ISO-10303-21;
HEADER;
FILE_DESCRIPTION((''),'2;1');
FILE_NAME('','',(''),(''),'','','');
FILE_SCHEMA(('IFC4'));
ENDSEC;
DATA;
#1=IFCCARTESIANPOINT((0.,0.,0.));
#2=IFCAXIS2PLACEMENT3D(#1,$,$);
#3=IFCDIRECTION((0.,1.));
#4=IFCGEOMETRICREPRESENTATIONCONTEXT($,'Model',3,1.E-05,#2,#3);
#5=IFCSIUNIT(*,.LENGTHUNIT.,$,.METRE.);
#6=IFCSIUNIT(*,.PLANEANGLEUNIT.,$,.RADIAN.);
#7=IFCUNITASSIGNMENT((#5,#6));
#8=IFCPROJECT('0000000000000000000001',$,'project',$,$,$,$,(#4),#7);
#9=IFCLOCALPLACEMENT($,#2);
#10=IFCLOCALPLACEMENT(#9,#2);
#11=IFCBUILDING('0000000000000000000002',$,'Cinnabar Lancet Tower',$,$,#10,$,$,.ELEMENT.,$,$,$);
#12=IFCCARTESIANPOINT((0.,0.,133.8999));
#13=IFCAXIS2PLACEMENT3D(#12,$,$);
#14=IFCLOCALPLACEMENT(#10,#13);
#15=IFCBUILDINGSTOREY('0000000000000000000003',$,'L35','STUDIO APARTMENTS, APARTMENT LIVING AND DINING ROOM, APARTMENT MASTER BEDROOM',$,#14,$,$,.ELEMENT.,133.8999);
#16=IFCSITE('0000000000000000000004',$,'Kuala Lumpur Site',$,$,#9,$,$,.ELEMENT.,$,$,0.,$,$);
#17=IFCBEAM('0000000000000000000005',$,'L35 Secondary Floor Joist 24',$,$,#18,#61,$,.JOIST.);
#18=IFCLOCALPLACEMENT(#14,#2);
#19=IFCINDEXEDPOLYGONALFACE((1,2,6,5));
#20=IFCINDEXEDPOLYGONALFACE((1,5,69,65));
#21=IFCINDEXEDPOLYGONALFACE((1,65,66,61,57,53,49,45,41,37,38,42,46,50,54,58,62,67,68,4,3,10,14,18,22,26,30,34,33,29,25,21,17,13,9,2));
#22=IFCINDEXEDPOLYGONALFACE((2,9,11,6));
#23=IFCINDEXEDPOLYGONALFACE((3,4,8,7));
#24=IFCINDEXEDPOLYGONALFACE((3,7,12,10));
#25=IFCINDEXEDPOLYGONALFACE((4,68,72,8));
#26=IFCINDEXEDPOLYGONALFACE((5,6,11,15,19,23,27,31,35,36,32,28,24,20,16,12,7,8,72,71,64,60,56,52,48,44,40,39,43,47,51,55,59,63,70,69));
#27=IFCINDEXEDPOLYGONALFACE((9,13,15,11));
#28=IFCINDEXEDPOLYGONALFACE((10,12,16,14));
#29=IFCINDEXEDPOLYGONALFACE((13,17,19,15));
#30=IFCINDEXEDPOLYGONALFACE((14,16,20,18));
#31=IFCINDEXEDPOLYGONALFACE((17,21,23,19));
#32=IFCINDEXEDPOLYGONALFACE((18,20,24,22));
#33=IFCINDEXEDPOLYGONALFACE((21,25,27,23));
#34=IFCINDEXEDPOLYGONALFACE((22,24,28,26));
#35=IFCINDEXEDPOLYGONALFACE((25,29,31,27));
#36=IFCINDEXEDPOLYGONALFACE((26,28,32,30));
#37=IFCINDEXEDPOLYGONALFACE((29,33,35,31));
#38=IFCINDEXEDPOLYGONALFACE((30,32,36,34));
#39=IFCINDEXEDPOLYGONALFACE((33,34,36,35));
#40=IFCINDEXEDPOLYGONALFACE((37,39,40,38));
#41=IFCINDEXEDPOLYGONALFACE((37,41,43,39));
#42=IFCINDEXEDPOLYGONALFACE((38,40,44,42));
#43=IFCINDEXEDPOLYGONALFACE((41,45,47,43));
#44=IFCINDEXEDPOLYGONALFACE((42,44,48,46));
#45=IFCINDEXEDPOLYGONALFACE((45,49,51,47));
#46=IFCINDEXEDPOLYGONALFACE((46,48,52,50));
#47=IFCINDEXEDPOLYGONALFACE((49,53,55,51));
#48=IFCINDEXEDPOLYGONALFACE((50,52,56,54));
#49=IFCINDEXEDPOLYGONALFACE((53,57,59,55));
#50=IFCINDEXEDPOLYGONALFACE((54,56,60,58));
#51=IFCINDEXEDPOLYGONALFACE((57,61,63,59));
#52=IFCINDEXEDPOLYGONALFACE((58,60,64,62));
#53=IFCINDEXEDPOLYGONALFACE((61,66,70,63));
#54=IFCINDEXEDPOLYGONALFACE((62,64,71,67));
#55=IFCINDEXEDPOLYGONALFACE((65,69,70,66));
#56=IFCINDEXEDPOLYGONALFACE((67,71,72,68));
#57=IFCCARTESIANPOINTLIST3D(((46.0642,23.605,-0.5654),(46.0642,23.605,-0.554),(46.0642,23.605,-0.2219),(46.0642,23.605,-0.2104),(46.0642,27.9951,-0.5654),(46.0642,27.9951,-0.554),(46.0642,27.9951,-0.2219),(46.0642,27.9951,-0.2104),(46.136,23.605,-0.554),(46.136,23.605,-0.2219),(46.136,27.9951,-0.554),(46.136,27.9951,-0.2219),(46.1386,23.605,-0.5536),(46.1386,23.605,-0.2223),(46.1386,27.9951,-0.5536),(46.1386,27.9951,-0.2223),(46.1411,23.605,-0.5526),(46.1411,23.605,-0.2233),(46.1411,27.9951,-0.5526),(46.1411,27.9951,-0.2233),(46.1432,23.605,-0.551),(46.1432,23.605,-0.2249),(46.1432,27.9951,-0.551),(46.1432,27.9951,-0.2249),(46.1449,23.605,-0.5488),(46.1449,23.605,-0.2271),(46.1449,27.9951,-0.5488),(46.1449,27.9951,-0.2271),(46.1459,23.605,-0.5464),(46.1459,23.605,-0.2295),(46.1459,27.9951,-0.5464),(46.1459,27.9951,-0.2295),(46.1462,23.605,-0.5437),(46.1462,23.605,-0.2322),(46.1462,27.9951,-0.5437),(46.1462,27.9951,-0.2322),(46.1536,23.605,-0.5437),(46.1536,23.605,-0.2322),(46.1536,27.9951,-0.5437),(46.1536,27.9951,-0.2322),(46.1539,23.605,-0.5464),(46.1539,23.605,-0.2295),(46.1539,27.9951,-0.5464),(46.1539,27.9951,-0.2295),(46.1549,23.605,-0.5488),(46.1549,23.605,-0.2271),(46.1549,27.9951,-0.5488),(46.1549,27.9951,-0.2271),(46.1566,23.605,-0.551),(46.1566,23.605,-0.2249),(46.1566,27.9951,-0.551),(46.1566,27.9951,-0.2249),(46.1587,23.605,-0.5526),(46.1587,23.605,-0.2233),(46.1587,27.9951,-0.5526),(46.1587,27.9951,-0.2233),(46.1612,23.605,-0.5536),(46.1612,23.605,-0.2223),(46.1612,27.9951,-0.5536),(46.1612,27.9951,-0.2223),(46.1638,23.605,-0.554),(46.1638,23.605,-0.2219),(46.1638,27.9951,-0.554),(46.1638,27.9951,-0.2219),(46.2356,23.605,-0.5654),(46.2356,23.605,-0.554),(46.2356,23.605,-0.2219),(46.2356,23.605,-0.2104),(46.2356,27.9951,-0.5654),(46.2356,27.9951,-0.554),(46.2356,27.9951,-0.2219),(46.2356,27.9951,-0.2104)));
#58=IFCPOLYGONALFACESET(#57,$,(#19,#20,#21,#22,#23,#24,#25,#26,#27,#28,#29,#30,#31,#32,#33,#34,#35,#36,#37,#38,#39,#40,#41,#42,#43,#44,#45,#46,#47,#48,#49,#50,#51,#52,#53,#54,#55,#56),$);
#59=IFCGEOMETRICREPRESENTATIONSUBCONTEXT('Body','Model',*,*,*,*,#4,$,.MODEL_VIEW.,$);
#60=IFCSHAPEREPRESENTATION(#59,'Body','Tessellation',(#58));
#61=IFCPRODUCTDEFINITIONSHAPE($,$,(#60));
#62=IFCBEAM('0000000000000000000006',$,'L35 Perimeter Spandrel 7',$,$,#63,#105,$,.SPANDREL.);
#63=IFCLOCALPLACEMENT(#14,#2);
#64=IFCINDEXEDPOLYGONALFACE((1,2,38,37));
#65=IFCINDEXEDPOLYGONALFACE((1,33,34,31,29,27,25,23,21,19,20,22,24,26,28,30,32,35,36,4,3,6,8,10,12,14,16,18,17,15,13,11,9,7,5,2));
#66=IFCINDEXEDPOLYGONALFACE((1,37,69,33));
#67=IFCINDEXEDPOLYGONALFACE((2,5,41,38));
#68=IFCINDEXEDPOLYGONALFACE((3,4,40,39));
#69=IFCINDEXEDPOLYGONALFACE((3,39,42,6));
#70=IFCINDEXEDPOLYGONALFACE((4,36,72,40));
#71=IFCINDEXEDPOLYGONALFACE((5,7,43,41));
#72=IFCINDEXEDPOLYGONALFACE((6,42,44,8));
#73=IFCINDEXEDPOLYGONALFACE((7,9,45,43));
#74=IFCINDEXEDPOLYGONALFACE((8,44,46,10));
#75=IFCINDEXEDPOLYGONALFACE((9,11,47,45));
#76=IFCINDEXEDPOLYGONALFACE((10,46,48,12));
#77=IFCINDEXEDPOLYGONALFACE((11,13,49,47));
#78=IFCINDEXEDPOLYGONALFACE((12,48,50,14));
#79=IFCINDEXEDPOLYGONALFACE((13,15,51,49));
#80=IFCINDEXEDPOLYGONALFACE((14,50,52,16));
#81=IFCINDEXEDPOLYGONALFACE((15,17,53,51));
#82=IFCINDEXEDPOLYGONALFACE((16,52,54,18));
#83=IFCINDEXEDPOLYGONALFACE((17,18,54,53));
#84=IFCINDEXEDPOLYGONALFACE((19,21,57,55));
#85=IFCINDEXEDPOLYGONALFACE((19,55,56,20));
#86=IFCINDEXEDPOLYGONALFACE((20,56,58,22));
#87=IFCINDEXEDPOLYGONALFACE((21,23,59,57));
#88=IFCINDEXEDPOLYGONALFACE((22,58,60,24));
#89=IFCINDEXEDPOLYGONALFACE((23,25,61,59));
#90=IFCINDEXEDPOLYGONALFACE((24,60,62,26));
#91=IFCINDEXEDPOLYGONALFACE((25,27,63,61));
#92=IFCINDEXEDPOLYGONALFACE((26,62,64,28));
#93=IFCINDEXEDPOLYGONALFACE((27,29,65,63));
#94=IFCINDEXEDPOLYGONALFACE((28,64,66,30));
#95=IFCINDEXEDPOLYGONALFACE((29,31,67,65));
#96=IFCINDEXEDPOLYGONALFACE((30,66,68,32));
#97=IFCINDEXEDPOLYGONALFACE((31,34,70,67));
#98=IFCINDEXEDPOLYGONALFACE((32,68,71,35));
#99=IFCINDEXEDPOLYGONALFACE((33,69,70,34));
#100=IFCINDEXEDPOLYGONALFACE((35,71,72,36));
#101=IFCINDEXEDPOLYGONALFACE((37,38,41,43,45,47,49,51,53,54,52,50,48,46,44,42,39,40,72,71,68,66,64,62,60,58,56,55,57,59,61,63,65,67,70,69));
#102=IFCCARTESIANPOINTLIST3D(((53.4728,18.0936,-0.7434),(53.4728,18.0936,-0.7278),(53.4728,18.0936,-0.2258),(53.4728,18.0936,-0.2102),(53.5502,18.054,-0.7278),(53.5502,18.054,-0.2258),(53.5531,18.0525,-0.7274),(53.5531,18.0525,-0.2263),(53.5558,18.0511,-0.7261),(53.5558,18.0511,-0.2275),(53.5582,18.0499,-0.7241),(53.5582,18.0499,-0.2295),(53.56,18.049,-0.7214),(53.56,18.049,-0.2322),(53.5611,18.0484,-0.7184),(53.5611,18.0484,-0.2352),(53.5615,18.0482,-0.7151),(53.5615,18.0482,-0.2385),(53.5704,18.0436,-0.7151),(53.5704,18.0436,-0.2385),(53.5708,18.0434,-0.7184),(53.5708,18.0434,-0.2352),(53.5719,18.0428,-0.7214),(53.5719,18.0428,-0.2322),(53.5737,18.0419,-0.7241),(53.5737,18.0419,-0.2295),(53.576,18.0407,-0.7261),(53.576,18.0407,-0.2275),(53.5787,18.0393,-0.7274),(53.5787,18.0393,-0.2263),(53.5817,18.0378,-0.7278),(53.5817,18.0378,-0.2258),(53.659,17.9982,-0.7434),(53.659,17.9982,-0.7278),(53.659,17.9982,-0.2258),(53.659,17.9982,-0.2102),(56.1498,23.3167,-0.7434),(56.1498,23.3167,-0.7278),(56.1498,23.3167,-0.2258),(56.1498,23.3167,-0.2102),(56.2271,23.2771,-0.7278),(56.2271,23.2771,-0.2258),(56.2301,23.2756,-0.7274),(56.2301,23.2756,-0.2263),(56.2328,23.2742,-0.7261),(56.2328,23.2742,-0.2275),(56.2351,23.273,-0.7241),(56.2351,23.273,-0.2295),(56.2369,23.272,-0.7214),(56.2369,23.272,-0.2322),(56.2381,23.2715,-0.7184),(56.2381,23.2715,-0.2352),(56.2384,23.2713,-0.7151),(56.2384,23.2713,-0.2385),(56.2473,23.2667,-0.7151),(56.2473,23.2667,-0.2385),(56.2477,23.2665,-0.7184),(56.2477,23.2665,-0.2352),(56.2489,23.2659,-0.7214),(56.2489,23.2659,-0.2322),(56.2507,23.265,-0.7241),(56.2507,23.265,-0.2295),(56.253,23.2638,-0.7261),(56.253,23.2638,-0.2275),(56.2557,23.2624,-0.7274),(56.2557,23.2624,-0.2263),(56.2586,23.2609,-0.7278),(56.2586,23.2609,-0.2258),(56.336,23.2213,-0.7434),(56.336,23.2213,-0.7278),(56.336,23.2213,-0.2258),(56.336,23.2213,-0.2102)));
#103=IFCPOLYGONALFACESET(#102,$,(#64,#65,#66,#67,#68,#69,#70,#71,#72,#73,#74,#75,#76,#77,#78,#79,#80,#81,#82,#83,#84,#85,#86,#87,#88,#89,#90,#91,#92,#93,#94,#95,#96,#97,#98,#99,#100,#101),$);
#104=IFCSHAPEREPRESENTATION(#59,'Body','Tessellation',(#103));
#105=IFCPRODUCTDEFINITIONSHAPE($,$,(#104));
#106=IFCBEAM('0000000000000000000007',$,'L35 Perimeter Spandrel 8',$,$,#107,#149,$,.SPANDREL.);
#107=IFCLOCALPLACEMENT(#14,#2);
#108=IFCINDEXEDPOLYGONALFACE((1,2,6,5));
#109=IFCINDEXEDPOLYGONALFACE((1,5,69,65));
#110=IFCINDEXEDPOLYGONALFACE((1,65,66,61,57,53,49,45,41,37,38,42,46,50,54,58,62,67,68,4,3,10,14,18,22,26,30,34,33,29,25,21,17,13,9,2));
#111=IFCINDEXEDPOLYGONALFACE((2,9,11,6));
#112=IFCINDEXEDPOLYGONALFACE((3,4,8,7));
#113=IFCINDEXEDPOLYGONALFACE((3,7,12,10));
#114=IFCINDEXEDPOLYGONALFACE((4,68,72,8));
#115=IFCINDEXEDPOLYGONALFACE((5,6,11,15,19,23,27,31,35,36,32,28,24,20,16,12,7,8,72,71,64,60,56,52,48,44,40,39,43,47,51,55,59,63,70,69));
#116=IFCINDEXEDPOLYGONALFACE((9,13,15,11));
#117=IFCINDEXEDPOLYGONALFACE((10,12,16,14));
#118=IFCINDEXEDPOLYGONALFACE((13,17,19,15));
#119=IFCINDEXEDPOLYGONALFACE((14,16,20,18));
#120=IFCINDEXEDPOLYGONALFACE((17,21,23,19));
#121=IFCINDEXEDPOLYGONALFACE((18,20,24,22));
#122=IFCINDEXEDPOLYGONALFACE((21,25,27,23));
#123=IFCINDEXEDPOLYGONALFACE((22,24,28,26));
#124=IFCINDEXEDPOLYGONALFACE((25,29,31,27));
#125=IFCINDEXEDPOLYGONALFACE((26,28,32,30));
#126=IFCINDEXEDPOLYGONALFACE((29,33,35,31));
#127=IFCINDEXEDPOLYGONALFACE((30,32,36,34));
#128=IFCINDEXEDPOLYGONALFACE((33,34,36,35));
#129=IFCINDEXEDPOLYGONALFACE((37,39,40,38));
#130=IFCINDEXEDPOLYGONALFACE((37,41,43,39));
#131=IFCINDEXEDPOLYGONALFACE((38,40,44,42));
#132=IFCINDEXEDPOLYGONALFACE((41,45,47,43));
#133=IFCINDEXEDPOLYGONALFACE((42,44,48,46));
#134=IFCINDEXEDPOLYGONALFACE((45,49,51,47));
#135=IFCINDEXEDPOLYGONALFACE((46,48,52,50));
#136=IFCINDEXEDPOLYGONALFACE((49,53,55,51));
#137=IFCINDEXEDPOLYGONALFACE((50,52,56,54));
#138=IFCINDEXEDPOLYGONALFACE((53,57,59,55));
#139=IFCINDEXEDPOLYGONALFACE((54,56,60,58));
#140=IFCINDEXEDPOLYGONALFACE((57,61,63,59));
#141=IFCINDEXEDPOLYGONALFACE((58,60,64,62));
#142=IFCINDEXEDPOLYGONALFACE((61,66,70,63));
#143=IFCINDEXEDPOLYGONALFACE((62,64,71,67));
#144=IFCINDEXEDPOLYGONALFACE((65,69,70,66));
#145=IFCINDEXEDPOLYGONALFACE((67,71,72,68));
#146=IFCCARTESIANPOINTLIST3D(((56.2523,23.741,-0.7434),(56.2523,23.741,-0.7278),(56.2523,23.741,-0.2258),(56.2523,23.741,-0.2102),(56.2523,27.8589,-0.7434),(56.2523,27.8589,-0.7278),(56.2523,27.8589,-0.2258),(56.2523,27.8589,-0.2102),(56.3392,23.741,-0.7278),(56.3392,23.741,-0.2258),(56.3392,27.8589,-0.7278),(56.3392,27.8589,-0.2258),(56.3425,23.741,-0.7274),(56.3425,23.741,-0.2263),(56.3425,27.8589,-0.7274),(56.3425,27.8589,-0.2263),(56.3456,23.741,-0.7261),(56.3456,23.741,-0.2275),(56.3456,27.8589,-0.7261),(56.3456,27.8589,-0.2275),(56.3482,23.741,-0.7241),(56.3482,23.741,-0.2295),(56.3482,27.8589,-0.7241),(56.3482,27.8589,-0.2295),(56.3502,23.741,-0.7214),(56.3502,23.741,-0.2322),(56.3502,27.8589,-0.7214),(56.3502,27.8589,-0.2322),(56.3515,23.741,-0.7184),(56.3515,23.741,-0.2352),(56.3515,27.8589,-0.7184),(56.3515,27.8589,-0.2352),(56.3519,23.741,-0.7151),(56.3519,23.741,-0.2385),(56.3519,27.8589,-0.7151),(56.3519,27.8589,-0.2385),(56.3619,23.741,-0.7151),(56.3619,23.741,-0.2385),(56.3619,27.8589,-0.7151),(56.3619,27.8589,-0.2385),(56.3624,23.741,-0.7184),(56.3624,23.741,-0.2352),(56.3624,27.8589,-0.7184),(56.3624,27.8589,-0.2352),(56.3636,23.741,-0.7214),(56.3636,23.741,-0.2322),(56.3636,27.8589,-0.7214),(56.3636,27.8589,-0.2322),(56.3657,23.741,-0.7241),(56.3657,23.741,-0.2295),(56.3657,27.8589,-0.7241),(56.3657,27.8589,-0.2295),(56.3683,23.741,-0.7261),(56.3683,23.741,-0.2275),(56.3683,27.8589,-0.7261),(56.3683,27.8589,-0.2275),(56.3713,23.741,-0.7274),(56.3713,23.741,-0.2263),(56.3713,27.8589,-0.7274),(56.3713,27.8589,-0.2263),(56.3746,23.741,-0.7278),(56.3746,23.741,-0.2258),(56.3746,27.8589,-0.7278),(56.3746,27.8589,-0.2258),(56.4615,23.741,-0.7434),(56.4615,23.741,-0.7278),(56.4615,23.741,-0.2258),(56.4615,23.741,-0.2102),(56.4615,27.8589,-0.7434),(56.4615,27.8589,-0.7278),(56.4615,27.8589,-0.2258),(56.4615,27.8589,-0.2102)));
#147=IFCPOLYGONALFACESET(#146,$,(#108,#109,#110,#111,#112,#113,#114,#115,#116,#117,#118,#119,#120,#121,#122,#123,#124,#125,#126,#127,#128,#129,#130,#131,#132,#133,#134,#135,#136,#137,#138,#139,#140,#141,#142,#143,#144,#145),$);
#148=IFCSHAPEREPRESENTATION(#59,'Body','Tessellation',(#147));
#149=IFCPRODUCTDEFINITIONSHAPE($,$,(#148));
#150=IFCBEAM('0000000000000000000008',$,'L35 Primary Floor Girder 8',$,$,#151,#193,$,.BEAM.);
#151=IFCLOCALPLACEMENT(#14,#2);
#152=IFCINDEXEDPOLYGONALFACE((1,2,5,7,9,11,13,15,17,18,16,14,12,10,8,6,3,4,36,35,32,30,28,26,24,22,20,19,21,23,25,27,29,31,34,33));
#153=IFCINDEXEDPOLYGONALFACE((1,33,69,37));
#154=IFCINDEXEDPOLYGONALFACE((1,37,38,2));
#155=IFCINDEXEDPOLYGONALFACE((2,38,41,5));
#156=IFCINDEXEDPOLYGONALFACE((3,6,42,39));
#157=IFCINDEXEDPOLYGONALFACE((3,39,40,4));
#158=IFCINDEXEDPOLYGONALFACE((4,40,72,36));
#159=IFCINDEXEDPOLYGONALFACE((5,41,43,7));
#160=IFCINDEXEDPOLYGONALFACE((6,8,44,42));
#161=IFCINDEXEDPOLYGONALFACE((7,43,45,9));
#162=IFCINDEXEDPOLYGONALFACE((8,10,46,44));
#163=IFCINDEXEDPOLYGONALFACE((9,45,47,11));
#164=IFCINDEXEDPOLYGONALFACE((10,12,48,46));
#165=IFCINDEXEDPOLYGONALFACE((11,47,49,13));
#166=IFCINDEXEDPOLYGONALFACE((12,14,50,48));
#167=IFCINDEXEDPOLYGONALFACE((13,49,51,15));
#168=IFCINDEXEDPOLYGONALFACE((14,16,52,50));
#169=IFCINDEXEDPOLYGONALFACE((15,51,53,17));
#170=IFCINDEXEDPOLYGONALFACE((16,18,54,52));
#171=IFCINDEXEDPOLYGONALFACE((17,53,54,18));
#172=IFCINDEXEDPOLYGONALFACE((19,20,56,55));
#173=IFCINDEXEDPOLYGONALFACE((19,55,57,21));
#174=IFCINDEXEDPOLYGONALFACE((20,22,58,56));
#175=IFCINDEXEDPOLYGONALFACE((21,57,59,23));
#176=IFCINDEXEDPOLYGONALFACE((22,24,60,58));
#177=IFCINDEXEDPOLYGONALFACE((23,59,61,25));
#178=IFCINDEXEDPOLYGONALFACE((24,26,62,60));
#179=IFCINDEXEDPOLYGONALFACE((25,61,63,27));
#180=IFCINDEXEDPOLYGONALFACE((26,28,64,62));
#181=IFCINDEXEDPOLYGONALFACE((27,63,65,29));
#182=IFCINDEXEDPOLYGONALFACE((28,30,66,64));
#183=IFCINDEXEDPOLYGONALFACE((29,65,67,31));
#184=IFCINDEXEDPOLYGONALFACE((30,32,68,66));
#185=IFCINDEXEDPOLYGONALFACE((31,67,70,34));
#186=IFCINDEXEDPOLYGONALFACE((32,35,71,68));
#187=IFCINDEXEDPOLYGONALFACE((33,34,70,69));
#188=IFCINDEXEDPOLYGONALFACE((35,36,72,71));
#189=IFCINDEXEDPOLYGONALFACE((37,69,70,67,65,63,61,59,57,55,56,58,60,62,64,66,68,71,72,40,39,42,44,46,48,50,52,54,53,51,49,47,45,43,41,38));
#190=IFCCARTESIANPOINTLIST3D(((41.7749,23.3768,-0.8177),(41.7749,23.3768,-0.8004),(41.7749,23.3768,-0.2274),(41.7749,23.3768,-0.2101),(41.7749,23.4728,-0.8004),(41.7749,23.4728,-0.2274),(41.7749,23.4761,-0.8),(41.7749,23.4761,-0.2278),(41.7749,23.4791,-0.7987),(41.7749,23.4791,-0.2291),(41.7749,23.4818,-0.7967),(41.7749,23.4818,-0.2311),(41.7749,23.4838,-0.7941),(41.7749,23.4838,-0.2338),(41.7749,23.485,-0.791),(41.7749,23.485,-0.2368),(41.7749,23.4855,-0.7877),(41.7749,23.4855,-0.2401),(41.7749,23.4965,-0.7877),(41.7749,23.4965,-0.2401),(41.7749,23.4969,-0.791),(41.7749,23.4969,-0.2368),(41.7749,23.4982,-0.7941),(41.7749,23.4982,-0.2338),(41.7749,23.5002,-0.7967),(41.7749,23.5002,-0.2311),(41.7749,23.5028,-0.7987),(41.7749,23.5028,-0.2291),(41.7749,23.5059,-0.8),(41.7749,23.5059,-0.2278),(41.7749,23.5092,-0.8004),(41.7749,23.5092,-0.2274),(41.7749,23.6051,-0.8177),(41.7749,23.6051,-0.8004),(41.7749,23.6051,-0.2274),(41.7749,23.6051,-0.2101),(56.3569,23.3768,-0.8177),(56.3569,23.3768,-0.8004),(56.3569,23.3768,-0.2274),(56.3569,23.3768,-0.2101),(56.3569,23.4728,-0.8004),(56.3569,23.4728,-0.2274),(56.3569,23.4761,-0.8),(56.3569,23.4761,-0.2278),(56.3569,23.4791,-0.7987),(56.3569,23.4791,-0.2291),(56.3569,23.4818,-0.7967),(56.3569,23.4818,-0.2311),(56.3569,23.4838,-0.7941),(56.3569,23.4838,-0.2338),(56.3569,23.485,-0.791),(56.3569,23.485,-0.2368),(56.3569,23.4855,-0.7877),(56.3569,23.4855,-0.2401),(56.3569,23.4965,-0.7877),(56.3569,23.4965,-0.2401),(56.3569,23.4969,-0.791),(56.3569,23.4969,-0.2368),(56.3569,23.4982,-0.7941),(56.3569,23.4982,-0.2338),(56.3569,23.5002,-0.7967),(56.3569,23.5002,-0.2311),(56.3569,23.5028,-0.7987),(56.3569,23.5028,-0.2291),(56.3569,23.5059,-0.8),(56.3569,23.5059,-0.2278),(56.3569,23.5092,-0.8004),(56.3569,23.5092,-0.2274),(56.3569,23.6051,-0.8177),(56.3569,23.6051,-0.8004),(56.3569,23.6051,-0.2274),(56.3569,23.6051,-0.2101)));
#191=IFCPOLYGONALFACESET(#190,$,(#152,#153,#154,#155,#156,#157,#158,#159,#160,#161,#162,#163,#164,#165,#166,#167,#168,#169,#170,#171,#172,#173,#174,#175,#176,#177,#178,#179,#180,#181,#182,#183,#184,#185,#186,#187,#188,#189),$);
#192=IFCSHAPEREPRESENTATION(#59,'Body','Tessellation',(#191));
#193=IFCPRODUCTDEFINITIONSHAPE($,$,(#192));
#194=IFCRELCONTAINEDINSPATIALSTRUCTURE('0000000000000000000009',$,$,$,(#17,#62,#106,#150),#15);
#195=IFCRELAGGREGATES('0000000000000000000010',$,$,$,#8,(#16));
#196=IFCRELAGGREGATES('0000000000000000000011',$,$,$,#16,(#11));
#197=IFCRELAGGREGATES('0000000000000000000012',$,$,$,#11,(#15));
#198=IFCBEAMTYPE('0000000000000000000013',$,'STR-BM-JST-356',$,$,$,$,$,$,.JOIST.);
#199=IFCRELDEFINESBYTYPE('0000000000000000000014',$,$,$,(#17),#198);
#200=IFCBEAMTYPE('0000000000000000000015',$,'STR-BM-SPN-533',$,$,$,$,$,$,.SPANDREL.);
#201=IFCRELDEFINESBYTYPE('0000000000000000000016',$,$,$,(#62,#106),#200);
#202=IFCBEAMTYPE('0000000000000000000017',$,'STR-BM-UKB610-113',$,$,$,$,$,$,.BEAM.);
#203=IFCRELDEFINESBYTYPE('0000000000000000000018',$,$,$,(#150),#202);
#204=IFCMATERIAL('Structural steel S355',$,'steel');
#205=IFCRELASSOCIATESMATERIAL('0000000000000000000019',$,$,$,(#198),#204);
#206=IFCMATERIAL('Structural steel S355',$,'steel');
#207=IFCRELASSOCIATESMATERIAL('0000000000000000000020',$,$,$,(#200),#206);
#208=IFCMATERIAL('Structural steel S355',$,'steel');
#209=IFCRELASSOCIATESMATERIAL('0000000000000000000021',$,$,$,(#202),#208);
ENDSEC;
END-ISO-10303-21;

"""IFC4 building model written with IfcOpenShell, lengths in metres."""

from ifc_helpers import new_model, si_unit, direction, frame, origin, origin_2d, place, context, subcontext, project, spatial, i_section, extrude, material, material_profile, profile_set, type_object, element, save


model = new_model("IFC4")

# Units and contexts
model_context = context("Model", 3, precision=1e-05, world=origin(), true_north=direction((0.0, 1.0)))
body_context = subcontext(model_context, "Body", "Model", "MODEL_VIEW")
ifc_project = project(units=[si_unit("LENGTHUNIT", "METRE"), si_unit("PLANEANGLEUNIT", "RADIAN")], contexts=[model_context])

# Site, building, storey
site_placement = place(None, origin())
site = spatial("IfcSite", under=ifc_project, at=site_placement, Name="Kuala Lumpur Site", CompositionType="ELEMENT", RefElevation=0.0)
building_placement = place(site_placement, origin())
building = spatial("IfcBuilding", under=site, at=building_placement, Name="Cinnabar Lancet Tower", CompositionType="ELEMENT")
storey_placement = place(building_placement, frame((0.0, 0.0, 133.8999)))
storey = spatial("IfcBuildingStorey", under=building, at=storey_placement, Name="L35", Description="STUDIO APARTMENTS, APARTMENT LIVING AND DINING ROOM, APARTMENT MASTER BEDROOM", CompositionType="ELEMENT", Elevation=133.8999)

# Beams
ifc_material_1 = material(Name="Structural steel S355", Category="steel")
ifc_material_profile_1 = material_profile(ifc_material_1, i_section(OverallWidth=0.1714, OverallDepth=0.355, WebThickness=0.0073, FlangeThickness=0.0115, FilletRadius=0.0103, at=origin_2d()), Name="UKB 356x171x51")
ifc_profile_set_1 = profile_set([ifc_material_profile_1], Name="Structural steel S355")
beam_type_1 = type_object("IfcBeamType", Name="STR-BM-JST-356", PredefinedType="JOIST", material=ifc_profile_set_1)
for number, where, z_axis, x_axis, name in (
    (1, (46.1499, 23.605, -0.3879), (0.0, 1.0, 0.0), (-1.0, 0.0, 0.0), "L35 Secondary Floor Joist 24"),
):
    element("IfcBeam", number, at=place(storey_placement, frame(where, z_axis=z_axis, x_axis=x_axis)), inside=storey, type_object=beam_type_1, Name=name, PredefinedType="JOIST", context=body_context, shape_type="SweptSolid", body=[
        extrude(i_section(OverallWidth=0.1714, OverallDepth=0.355, WebThickness=0.0073, FlangeThickness=0.0115, FilletRadius=0.0103, at=origin_2d()), origin(), (0.0, 0.0, 1.0), 4.3901),
    ])
ifc_material_2 = material(Name="Structural steel S355", Category="steel")
ifc_material_profile_2 = material_profile(ifc_material_2, i_section(OverallWidth=0.2092, OverallDepth=0.5332, WebThickness=0.01, FlangeThickness=0.0156, FilletRadius=0.0127, at=origin_2d()), Name="UKB 533x210x92")
ifc_profile_set_2 = profile_set([ifc_material_profile_2], Name="Structural steel S355")
beam_type_2 = type_object("IfcBeamType", Name="STR-BM-SPN-533", PredefinedType="SPANDREL", material=ifc_profile_set_2)
beam_1_placement = place(storey_placement, frame((53.5659, 18.0459, -0.4768), z_axis=(0.45611, 0.889924, 0.0), x_axis=(-0.889924, 0.45611, 0.0)))
element("IfcBeam", 2, at=beam_1_placement, inside=storey, type_object=beam_type_2, Name="L35 Perimeter Spandrel 7", PredefinedType="SPANDREL", context=body_context, shape_type="SweptSolid", body=[
    extrude(i_section(OverallWidth=0.2092, OverallDepth=0.5332, WebThickness=0.01, FlangeThickness=0.0156, FilletRadius=0.0127, at=origin_2d()), origin(), (0.0, 0.0, 1.0), 5.8691),
])
beam_2_placement = place(storey_placement, frame((56.3569, 23.741, -0.4768), z_axis=(0.0, 1.0, 0.0), x_axis=(-1.0, 0.0, 0.0)))
element("IfcBeam", 3, at=beam_2_placement, inside=storey, type_object=beam_type_2, Name="L35 Perimeter Spandrel 8", PredefinedType="SPANDREL", context=body_context, shape_type="SweptSolid", body=[
    extrude(i_section(OverallWidth=0.2092, OverallDepth=0.5332, WebThickness=0.01, FlangeThickness=0.0156, FilletRadius=0.0127, at=origin_2d()), origin(), (0.0, 0.0, 1.0), 4.1179),
])
ifc_material_3 = material(Name="Structural steel S355", Category="steel")
ifc_material_profile_3 = material_profile(ifc_material_3, i_section(OverallWidth=0.2283, OverallDepth=0.6077, WebThickness=0.011, FlangeThickness=0.0173, FilletRadius=0.0127, at=origin_2d()), Name="UKB 610x229x113")
ifc_profile_set_3 = profile_set([ifc_material_profile_3], Name="Structural steel S355")
beam_type_3 = type_object("IfcBeamType", Name="STR-BM-UKB610-113", PredefinedType="BEAM", material=ifc_profile_set_3)
beam_3_placement = place(storey_placement, frame((56.3569, 23.491, -0.5139), z_axis=(-1.0, 0.0, 0.0), x_axis=(0.0, -1.0, 0.0)))
element("IfcBeam", 4, at=beam_3_placement, inside=storey, type_object=beam_type_3, Name="L35 Primary Floor Girder 8", PredefinedType="BEAM", context=body_context, shape_type="SweptSolid", body=[
    extrude(i_section(OverallWidth=0.2283, OverallDepth=0.6077, WebThickness=0.011, FlangeThickness=0.0173, FilletRadius=0.0127, at=origin_2d()), origin(), (0.0, 0.0, 1.0), 14.582),
])

save(model, "model.ifc")
